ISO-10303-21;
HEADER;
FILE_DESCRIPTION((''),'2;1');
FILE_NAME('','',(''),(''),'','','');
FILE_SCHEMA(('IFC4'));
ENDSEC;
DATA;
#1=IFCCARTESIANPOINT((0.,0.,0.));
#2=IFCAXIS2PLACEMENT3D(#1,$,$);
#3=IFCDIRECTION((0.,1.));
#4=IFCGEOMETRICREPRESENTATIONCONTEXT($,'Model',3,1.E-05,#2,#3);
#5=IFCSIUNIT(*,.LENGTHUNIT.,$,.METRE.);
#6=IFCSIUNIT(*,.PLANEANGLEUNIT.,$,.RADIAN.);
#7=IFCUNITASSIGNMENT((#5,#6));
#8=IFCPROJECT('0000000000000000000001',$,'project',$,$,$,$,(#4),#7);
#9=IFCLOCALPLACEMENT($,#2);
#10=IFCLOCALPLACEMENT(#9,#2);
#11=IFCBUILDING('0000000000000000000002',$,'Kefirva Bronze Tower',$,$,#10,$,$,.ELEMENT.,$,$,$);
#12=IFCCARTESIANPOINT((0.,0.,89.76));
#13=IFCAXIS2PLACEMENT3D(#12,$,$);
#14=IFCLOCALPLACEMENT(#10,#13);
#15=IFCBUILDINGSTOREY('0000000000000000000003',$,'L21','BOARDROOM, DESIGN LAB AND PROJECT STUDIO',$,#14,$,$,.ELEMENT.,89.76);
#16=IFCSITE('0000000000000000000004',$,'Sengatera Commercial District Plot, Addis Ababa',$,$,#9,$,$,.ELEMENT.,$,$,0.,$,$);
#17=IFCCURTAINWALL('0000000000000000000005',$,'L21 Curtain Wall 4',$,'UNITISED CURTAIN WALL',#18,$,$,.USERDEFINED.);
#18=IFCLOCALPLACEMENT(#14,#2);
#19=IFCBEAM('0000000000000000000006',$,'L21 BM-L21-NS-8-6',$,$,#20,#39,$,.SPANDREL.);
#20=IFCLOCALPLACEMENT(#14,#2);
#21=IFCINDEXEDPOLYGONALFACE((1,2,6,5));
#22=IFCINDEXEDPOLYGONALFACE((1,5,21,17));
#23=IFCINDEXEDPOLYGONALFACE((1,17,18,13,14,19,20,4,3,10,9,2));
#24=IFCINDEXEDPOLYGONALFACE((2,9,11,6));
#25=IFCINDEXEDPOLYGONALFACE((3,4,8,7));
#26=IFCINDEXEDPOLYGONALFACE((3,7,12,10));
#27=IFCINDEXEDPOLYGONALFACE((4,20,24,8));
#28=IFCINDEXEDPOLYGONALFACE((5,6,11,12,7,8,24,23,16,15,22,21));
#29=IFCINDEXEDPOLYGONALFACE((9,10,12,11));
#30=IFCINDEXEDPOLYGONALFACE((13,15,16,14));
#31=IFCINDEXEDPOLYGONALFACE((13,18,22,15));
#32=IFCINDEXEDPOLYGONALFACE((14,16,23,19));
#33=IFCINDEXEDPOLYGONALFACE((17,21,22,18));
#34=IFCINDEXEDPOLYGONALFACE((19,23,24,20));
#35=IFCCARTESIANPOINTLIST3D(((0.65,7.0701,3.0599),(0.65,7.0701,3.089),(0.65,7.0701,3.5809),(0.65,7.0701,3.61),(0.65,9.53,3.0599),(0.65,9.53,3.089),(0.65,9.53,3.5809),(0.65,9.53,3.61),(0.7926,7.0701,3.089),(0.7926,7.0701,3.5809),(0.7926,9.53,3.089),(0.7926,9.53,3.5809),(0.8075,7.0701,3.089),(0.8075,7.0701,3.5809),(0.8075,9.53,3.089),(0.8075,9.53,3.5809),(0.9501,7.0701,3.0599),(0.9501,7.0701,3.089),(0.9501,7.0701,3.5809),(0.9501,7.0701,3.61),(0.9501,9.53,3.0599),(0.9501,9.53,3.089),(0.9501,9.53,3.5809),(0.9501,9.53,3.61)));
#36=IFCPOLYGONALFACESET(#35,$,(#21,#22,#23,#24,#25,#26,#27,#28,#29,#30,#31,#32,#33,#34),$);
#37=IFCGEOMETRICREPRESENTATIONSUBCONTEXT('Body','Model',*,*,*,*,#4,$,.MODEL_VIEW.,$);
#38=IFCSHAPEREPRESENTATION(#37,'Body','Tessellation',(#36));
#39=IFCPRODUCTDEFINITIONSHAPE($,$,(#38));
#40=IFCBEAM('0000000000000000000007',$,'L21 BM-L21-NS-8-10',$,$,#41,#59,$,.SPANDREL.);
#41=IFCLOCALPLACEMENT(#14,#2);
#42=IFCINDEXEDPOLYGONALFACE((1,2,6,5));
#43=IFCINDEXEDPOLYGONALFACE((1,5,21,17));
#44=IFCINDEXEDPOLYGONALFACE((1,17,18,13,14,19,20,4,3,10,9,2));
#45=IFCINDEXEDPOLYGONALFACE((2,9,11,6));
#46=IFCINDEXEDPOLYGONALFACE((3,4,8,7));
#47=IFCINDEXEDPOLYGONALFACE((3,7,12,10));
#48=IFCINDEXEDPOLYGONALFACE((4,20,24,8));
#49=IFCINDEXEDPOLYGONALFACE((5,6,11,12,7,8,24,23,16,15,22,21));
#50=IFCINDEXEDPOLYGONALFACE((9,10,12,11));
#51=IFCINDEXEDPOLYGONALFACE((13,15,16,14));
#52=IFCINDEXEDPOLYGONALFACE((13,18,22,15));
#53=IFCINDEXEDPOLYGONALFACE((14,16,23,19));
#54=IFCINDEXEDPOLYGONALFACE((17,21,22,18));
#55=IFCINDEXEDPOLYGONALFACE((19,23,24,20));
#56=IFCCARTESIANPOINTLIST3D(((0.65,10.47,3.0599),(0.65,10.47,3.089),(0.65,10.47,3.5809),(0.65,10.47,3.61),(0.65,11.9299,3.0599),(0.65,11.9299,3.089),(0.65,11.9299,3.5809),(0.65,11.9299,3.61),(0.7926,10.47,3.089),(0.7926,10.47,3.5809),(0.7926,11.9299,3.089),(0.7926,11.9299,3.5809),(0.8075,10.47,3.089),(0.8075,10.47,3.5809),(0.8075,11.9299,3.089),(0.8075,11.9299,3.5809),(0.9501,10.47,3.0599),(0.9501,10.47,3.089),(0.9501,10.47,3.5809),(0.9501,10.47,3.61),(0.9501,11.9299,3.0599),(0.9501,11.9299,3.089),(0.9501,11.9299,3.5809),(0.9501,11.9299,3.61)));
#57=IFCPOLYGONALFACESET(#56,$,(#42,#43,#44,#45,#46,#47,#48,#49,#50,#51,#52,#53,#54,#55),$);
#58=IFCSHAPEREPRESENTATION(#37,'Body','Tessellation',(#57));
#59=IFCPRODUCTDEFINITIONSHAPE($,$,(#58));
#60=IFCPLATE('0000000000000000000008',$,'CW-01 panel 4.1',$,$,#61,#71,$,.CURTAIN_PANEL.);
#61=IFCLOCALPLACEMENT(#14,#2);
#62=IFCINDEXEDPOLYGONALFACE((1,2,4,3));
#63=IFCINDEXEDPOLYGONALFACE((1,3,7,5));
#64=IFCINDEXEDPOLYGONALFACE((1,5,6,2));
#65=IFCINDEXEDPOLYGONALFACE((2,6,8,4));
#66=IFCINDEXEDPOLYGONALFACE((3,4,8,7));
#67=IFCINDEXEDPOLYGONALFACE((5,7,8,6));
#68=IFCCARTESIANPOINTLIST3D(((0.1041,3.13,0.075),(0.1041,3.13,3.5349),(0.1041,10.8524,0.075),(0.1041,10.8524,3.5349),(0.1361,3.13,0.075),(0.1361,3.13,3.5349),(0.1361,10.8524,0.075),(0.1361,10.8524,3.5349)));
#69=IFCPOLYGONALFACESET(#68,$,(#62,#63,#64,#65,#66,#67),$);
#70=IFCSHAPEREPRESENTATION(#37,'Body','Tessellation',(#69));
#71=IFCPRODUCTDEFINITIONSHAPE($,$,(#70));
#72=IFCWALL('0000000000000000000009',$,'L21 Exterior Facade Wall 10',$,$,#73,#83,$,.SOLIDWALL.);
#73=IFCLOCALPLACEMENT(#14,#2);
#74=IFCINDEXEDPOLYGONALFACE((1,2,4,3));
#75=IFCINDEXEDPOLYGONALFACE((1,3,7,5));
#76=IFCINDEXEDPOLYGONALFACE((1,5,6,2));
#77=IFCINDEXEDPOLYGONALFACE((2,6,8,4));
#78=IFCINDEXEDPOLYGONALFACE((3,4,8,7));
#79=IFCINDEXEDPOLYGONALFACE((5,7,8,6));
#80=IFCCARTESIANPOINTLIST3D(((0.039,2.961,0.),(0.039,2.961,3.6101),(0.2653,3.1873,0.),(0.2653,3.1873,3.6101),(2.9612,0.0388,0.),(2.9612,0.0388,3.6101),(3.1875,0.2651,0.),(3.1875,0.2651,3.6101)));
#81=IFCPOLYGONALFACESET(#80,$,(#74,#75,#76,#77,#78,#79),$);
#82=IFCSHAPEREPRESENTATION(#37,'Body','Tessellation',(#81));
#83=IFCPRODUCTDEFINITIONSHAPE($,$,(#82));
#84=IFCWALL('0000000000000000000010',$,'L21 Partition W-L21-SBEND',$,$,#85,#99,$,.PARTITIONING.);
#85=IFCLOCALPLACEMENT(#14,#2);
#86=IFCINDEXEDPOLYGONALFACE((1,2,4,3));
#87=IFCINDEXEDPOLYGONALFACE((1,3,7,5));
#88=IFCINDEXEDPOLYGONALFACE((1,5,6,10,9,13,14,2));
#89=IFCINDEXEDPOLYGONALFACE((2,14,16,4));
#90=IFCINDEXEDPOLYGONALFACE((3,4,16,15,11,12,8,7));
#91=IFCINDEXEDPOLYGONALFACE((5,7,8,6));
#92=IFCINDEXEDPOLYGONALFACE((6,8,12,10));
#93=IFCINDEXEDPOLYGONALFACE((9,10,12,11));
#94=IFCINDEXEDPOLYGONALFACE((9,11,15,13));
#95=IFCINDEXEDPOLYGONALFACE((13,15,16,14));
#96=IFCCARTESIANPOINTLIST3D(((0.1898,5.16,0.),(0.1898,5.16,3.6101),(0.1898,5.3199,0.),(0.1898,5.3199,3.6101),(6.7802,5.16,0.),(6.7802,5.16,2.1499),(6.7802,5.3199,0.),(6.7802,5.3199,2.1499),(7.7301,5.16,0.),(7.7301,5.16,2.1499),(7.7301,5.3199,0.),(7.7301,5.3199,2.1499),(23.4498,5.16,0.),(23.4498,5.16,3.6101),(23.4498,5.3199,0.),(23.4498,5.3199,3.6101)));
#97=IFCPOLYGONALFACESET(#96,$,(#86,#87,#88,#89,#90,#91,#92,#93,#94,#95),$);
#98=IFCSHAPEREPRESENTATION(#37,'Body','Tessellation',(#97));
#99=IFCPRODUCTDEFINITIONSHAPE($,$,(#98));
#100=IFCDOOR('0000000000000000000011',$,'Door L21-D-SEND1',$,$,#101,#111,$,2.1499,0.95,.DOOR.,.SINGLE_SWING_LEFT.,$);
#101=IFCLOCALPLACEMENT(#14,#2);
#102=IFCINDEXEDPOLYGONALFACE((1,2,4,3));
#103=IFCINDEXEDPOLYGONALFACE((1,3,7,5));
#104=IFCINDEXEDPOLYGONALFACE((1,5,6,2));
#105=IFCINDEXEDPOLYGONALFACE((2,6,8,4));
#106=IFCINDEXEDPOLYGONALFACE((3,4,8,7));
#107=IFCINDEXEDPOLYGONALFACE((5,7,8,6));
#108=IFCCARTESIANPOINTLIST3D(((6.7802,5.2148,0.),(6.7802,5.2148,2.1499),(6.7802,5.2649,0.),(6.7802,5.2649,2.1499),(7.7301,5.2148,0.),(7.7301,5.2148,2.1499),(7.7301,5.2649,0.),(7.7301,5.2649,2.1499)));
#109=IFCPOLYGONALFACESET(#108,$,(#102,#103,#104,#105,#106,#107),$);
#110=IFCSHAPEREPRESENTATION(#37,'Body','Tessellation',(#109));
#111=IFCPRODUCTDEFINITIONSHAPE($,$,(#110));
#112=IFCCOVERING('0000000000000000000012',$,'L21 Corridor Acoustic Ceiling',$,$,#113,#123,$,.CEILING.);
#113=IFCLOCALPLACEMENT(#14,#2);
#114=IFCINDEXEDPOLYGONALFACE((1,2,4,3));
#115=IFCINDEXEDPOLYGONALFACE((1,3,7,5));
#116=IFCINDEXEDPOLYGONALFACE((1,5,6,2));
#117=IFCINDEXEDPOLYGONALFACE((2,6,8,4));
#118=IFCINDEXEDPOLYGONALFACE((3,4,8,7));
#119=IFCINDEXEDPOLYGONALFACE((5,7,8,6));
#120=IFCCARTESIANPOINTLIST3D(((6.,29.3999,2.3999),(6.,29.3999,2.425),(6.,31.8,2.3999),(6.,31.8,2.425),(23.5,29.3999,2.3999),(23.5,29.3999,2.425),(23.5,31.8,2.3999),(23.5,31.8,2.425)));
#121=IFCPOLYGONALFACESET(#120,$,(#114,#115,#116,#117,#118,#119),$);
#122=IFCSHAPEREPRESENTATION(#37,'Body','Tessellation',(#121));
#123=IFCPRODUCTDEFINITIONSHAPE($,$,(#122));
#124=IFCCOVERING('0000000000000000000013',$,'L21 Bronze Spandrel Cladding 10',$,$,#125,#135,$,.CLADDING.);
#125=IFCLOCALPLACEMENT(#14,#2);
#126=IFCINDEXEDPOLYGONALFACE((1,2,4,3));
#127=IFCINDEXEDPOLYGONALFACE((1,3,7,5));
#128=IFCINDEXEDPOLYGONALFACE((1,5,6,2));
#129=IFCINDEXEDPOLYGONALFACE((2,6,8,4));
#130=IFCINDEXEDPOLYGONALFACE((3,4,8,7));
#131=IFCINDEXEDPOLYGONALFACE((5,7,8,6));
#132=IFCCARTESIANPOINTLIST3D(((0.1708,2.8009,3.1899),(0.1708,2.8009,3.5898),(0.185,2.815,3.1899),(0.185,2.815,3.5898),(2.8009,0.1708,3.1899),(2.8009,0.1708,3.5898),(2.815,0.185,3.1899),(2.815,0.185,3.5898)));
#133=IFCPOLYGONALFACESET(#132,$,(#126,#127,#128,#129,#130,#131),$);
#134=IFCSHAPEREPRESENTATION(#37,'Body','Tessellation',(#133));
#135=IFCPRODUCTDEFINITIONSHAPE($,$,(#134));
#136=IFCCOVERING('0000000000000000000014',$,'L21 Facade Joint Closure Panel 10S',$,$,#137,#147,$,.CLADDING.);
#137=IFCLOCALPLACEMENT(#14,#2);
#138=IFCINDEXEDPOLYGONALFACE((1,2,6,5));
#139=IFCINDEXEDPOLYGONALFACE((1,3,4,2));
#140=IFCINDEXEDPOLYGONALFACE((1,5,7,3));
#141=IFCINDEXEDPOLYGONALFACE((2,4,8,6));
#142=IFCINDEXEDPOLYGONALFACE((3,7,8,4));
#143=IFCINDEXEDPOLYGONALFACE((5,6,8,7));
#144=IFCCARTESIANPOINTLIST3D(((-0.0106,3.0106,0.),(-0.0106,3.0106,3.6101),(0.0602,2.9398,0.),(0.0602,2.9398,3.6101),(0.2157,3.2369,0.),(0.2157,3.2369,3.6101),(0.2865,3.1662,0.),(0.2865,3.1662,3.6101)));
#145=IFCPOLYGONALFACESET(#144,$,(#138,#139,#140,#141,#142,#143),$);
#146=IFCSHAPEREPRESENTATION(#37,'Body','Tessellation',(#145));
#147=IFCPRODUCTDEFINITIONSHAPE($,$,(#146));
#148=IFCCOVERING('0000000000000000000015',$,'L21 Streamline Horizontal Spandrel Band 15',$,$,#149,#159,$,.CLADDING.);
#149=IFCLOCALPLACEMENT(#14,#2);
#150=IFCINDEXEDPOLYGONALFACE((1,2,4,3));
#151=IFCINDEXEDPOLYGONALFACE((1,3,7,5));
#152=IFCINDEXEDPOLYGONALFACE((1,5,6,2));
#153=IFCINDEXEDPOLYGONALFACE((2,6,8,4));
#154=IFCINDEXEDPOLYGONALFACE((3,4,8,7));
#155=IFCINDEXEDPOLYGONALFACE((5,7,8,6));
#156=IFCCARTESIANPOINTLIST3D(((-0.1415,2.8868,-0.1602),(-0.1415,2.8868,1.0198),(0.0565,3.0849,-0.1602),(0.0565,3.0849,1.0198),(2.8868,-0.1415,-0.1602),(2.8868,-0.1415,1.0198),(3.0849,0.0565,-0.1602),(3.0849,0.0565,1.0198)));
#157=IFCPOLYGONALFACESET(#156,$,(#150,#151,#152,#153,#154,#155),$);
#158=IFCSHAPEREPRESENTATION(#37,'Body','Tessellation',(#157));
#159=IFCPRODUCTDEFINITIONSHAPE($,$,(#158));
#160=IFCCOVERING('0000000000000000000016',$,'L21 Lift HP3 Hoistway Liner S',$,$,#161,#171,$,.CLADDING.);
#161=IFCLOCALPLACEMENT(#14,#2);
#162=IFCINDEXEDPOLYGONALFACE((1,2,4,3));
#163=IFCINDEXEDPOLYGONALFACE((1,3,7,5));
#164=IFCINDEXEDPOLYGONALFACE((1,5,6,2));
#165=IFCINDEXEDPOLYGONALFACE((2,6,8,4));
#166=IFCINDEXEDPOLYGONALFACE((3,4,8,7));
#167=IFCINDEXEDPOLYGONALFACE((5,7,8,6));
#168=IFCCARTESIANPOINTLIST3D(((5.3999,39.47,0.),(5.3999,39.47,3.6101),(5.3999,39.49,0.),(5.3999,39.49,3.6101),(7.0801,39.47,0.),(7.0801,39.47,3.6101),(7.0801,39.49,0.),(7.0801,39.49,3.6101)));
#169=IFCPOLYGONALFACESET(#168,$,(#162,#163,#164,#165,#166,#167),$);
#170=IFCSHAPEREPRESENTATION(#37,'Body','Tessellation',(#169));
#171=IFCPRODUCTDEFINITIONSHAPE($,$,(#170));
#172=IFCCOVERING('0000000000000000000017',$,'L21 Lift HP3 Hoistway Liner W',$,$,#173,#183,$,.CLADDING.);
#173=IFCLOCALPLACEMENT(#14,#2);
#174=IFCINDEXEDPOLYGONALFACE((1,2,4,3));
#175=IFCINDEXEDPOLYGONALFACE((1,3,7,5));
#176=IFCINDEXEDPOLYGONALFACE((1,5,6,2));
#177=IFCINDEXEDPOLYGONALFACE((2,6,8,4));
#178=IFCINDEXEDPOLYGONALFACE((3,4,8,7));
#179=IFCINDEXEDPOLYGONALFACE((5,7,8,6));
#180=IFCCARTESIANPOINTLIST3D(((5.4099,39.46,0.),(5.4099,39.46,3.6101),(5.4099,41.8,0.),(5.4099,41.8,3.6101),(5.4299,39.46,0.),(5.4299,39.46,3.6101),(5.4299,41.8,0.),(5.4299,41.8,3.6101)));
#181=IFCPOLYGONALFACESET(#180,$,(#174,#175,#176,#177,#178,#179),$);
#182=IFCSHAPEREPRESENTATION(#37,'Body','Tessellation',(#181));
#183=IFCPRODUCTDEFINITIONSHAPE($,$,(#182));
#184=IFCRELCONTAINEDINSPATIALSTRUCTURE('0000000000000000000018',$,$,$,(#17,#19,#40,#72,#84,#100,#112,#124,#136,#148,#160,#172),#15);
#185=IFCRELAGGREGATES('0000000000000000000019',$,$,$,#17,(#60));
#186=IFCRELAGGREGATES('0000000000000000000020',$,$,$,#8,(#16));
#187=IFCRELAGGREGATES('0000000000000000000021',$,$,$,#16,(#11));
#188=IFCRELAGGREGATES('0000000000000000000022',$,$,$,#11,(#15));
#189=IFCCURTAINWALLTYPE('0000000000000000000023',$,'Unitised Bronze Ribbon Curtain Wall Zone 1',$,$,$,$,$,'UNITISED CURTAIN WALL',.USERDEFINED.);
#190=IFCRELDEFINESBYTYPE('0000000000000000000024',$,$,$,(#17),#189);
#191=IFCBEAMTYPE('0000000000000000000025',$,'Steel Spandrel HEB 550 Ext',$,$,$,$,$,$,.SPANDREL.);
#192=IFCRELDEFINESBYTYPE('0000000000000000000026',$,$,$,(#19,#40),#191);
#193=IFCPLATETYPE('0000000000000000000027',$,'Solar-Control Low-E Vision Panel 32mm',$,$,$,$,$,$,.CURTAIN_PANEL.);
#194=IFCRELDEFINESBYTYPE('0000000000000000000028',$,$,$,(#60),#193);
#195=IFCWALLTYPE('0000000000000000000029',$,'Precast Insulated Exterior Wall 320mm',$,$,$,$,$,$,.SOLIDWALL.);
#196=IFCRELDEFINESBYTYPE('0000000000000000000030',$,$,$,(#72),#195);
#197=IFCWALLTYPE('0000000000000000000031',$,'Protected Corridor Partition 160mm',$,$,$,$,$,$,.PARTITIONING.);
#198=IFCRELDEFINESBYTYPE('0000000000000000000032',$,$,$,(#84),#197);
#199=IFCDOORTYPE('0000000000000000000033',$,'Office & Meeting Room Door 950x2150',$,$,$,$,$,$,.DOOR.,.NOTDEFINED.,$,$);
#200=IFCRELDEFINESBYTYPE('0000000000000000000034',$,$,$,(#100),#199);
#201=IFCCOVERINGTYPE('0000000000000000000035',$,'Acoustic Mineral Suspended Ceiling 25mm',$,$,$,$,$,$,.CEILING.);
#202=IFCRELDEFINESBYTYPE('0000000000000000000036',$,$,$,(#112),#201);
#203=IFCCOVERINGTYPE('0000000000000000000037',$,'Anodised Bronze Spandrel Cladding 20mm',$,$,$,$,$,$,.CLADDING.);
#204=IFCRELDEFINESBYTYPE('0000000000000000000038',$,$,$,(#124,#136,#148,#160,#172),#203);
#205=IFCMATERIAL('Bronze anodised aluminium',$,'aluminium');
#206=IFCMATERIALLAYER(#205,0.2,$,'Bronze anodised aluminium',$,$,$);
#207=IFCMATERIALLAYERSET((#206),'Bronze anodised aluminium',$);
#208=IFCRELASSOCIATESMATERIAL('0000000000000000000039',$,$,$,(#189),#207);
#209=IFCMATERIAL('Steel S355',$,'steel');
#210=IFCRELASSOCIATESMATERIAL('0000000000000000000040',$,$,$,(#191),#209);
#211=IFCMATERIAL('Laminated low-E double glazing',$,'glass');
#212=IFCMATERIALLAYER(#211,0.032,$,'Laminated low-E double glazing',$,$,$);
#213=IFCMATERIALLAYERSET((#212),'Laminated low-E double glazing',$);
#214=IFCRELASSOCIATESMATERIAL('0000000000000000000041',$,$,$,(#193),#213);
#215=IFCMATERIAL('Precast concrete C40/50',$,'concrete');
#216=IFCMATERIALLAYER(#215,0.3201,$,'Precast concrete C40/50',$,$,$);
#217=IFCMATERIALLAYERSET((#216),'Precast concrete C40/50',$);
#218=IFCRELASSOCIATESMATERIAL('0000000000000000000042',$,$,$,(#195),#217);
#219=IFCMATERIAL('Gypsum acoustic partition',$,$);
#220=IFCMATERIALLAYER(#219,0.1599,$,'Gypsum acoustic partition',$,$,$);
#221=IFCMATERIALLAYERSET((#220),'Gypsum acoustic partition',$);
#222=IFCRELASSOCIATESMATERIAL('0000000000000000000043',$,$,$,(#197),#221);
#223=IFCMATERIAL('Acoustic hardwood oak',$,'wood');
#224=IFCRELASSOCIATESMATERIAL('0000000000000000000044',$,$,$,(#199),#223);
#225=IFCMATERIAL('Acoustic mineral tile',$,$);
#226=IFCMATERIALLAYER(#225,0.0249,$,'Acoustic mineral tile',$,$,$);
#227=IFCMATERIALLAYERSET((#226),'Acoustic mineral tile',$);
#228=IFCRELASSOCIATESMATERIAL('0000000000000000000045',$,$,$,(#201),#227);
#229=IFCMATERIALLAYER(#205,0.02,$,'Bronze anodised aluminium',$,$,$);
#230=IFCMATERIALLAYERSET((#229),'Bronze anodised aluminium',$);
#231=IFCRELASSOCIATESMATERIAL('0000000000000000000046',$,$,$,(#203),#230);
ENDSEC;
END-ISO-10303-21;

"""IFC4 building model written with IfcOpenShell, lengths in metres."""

from ifc_helpers import new_model, si_unit, direction, frame, frame_2d, origin, origin_2d, place, context, subcontext, project, spatial, polyline, rectangle, i_section, outline, extrude, material, layer, layer_set, material_profile, profile_set, type_object, element, fill, aggregate, save


model = new_model("IFC4")

# Units and contexts
model_context = context("Model", 3, precision=1e-05, world=origin(), true_north=direction((0.0, 1.0)))
body_context = subcontext(model_context, "Body", "Model", "MODEL_VIEW")
ifc_project = project(units=[si_unit("LENGTHUNIT", "METRE"), si_unit("PLANEANGLEUNIT", "RADIAN")], contexts=[model_context])

# Site, building, storey
site_placement = place(None, origin())
site = spatial("IfcSite", under=ifc_project, at=site_placement, Name="Sengatera Commercial District Plot, Addis Ababa", CompositionType="ELEMENT", RefElevation=0.0)
building_placement = place(site_placement, origin())
building = spatial("IfcBuilding", under=site, at=building_placement, Name="Kefirva Bronze Tower", CompositionType="ELEMENT")
storey_placement = place(building_placement, frame((0.0, 0.0, 89.76)))
storey = spatial("IfcBuildingStorey", under=building, at=storey_placement, Name="L21", Description="BOARDROOM, DESIGN LAB AND PROJECT STUDIO", CompositionType="ELEMENT", Elevation=89.76)

# Curtain wall
ifc_material_1 = material(Name="Bronze anodised aluminium", Category="aluminium")
ifc_layer_1 = layer(ifc_material_1, 0.2, Name="Bronze anodised aluminium")
ifc_layer_set_1 = layer_set([ifc_layer_1], Name="Bronze anodised aluminium")
curtain_wall_type = type_object("IfcCurtainWallType", Name="Unitised Bronze Ribbon Curtain Wall Zone 1", ElementType="UNITISED CURTAIN WALL", PredefinedType="USERDEFINED", material=ifc_layer_set_1)
curtain_wall_placement = place(storey_placement, origin())
curtain_wall = element("IfcCurtainWall", 1, at=curtain_wall_placement, inside=storey, type_object=curtain_wall_type, Name="L21 Curtain Wall 4", ObjectType="UNITISED CURTAIN WALL", PredefinedType="USERDEFINED")

# Beams
ifc_material_2 = material(Name="Steel S355", Category="steel")
ifc_material_profile_1 = material_profile(ifc_material_2, i_section(OverallWidth=0.3, OverallDepth=0.55, WebThickness=0.0149, FlangeThickness=0.0291, at=origin_2d()), Name="HEB 550")
ifc_profile_set_1 = profile_set([ifc_material_profile_1], Name="Steel S355")
beam_type_1 = type_object("IfcBeamType", Name="Steel Spandrel HEB 550 Ext", PredefinedType="SPANDREL", material=ifc_profile_set_1)
beam_1_placement = place(storey_placement, frame((0.8, 7.0701, 3.335), z_axis=(0.0, 1.0, 0.0), x_axis=(-1.0, 0.0, 0.0)))
element("IfcBeam", 2, at=beam_1_placement, inside=storey, type_object=beam_type_1, Name="L21 BM-L21-NS-8-6", PredefinedType="SPANDREL", context=body_context, shape_type="SweptSolid", body=[
    extrude(i_section(OverallWidth=0.3, OverallDepth=0.55, WebThickness=0.0149, FlangeThickness=0.0291, at=origin_2d()), origin(), (0.0, 0.0, 1.0), 2.46),
])
beam_2_placement = place(storey_placement, frame((0.8, 10.47, 3.335), z_axis=(0.0, 1.0, 0.0), x_axis=(-1.0, 0.0, 0.0)))
element("IfcBeam", 3, at=beam_2_placement, inside=storey, type_object=beam_type_1, Name="L21 BM-L21-NS-8-10", PredefinedType="SPANDREL", context=body_context, shape_type="SweptSolid", body=[
    extrude(i_section(OverallWidth=0.3, OverallDepth=0.55, WebThickness=0.0149, FlangeThickness=0.0291, at=origin_2d()), origin(), (0.0, 0.0, 1.0), 1.46),
])

# Plate
ifc_material_3 = material(Name="Laminated low-E double glazing", Category="glass")
ifc_layer_2 = layer(ifc_material_3, 0.032, Name="Laminated low-E double glazing")
ifc_layer_set_2 = layer_set([ifc_layer_2], Name="Laminated low-E double glazing")
plate_type = type_object("IfcPlateType", Name="Solar-Control Low-E Vision Panel 32mm", PredefinedType="CURTAIN_PANEL", material=ifc_layer_set_2)
plate_placement = place(storey_placement, frame((0.1201, 6.9912, 0.075), z_axis=(0.0, 0.0, 1.0), x_axis=(0.0, -1.0, 0.0)))
plate = element("IfcPlate", 4, at=plate_placement, type_object=plate_type, Name="CW-01 panel 4.1", PredefinedType="CURTAIN_PANEL", context=body_context, shape_type="SweptSolid", body=[
    extrude(rectangle(XDim=7.7224, YDim=0.032, at=origin_2d()), origin(), (0.0, 0.0, 1.0), 3.46),
])
aggregate(curtain_wall, [plate])

# Wall
ifc_material_4 = material(Name="Precast concrete C40/50", Category="concrete")
ifc_layer_3 = layer(ifc_material_4, 0.3201, Name="Precast concrete C40/50")
ifc_layer_set_3 = layer_set([ifc_layer_3], Name="Precast concrete C40/50")
wall_type_1 = type_object("IfcWallType", Name="Precast Insulated Exterior Wall 320mm", PredefinedType="SOLIDWALL", material=ifc_layer_set_3)
wall_1_placement = place(storey_placement, frame((0.1521, 3.0742, 0.0), z_axis=(0.0, 0.0, 1.0), x_axis=(0.707107, -0.707107, 0.0)))
element("IfcWall", 5, at=wall_1_placement, inside=storey, type_object=wall_type_1, Name="L21 Exterior Facade Wall 10", PredefinedType="SOLIDWALL", context=body_context, shape_type="SweptSolid", body=[
    extrude(rectangle(XDim=4.1326, YDim=0.3201, at=frame_2d((2.0664, 0.0))), origin(), (0.0, 0.0, 1.0), 3.6101),
])

# Wall, opening, door
ifc_material_5 = material(Name="Gypsum acoustic partition")
ifc_layer_4 = layer(ifc_material_5, 0.1599, Name="Gypsum acoustic partition")
ifc_layer_set_4 = layer_set([ifc_layer_4], Name="Gypsum acoustic partition")
wall_type_2 = type_object("IfcWallType", Name="Protected Corridor Partition 160mm", PredefinedType="PARTITIONING", material=ifc_layer_set_4)
wall_2_placement = place(storey_placement, frame((0.1899, 5.24, 0.0), z_axis=(0.0, 0.0, 1.0), x_axis=(1.0, 0.0, 0.0)))
wall_2 = element("IfcWall", 6, at=wall_2_placement, inside=storey, type_object=wall_type_2, Name="L21 Partition W-L21-SBEND", PredefinedType="PARTITIONING", context=body_context, shape_type="SweptSolid", body=[
    extrude(rectangle(XDim=23.26, YDim=0.1599, at=frame_2d((11.6299, 0.0))), origin(), (0.0, 0.0, 1.0), 3.6101),
])
opening_placement = place(wall_2_placement, frame((6.5901, 0.0, 0.0)))
opening = element("IfcOpeningElement", 7, at=opening_placement, cuts=wall_2, PredefinedType="OPENING", context=body_context, shape_type="SweptSolid", body=[
    extrude(rectangle(XDim=0.95, YDim=2.1499, at=frame_2d((0.4751, 1.075))), frame((0.0, 0.0898, 0.0), z_axis=(0.0, -1.0, 0.0), x_axis=(1.0, 0.0, 0.0)), (0.0, 0.0, 1.0), 0.1799),
])
ifc_material_6 = material(Name="Acoustic hardwood oak", Category="wood")
door_type = type_object("IfcDoorType", Name="Office & Meeting Room Door 950x2150", OperationType="NOTDEFINED", PredefinedType="DOOR", material=ifc_material_6)
door_placement = place(opening_placement, origin())
door = element("IfcDoor", 8, at=door_placement, inside=storey, type_object=door_type, Name="Door L21-D-SEND1", OperationType="SINGLE_SWING_LEFT", OverallHeight=2.1499, OverallWidth=0.95, PredefinedType="DOOR", context=body_context, shape_type="SweptSolid", body=[
    extrude(rectangle(XDim=0.95, YDim=2.1499, at=frame_2d((0.4751, 1.075))), frame((0.0, 0.0249, 0.0), z_axis=(0.0, -1.0, 0.0), x_axis=(1.0, 0.0, 0.0)), (0.0, 0.0, 1.0), 0.05),
])
fill(opening, door)

# Coverings
ifc_material_7 = material(Name="Acoustic mineral tile")
ifc_layer_5 = layer(ifc_material_7, 0.0249, Name="Acoustic mineral tile")
ifc_layer_set_5 = layer_set([ifc_layer_5], Name="Acoustic mineral tile")
covering_type_1 = type_object("IfcCoveringType", Name="Acoustic Mineral Suspended Ceiling 25mm", PredefinedType="CEILING", material=ifc_layer_set_5)
covering_1_placement = place(storey_placement, frame((0.0, 0.0, 2.3999)))
element("IfcCovering", 9, at=covering_1_placement, inside=storey, type_object=covering_type_1, Name="L21 Corridor Acoustic Ceiling", PredefinedType="CEILING", context=body_context, shape_type="SweptSolid", body=[
    extrude(outline(polyline([(6.0, 29.3999), (23.5, 29.3999), (23.5, 31.8), (6.0, 31.8), (6.0, 29.3999)])), origin(), (0.0, 0.0, 1.0), 0.0251),
])
ifc_layer_6 = layer(ifc_material_1, 0.02, Name="Bronze anodised aluminium")
ifc_layer_set_6 = layer_set([ifc_layer_6], Name="Bronze anodised aluminium")
covering_type_2 = type_object("IfcCoveringType", Name="Anodised Bronze Spandrel Cladding 20mm", PredefinedType="CLADDING", material=ifc_layer_set_6)
covering_2_placement = place(storey_placement, frame((1.4929, 1.4929, 3.1899), z_axis=(0.0, 0.0, 1.0), x_axis=(0.707107, -0.707107, 0.0)))
element("IfcCovering", 10, at=covering_2_placement, inside=storey, type_object=covering_type_2, Name="L21 Bronze Spandrel Cladding 10", PredefinedType="CLADDING", context=body_context, shape_type="SweptSolid", body=[
    extrude(rectangle(XDim=3.7195, YDim=0.02, at=origin_2d()), origin(), (0.0, 0.0, 1.0), 0.3999),
])
covering_3_placement = place(storey_placement, frame((0.1379, 3.0884, 0.0), z_axis=(0.0, 0.0, 1.0), x_axis=(0.707107, -0.707107, 0.0)))
element("IfcCovering", 11, at=covering_3_placement, inside=storey, type_object=covering_type_2, Name="L21 Facade Joint Closure Panel 10S", PredefinedType="CLADDING", context=body_context, shape_type="SweptSolid", body=[
    extrude(rectangle(XDim=0.1001, YDim=0.3201, at=origin_2d()), origin(), (0.0, 0.0, 1.0), 3.6101),
])
covering_4_placement = place(storey_placement, frame((1.4717, 1.4717, -0.1602), z_axis=(0.0, 0.0, 1.0), x_axis=(0.707107, -0.707107, 0.0)))
element("IfcCovering", 12, at=covering_4_placement, inside=storey, type_object=covering_type_2, Name="L21 Streamline Horizontal Spandrel Band 15", PredefinedType="CLADDING", context=body_context, shape_type="SweptSolid", body=[
    extrude(rectangle(XDim=4.2827, YDim=0.28, at=origin_2d()), origin(), (0.0, 0.0, 1.0), 1.1799),
])
covering_5_placement = place(storey_placement, origin())
element("IfcCovering", 13, at=covering_5_placement, inside=storey, type_object=covering_type_2, Name="L21 Lift HP3 Hoistway Liner S", PredefinedType="CLADDING", context=body_context, shape_type="SweptSolid", body=[
    extrude(outline(polyline([(5.3999, 39.47), (7.0801, 39.47), (7.0801, 39.49), (5.3999, 39.49), (5.3999, 39.47)])), origin(), (0.0, 0.0, 1.0), 3.6101),
])
covering_6_placement = place(storey_placement, origin())
element("IfcCovering", 14, at=covering_6_placement, inside=storey, type_object=covering_type_2, Name="L21 Lift HP3 Hoistway Liner W", PredefinedType="CLADDING", context=body_context, shape_type="SweptSolid", body=[
    extrude(outline(polyline([(5.4099, 39.46), (5.4299, 39.46), (5.4299, 41.8), (5.4099, 41.8), (5.4099, 39.46)])), origin(), (0.0, 0.0, 1.0), 3.6101),
])

save(model, "model.ifc")
